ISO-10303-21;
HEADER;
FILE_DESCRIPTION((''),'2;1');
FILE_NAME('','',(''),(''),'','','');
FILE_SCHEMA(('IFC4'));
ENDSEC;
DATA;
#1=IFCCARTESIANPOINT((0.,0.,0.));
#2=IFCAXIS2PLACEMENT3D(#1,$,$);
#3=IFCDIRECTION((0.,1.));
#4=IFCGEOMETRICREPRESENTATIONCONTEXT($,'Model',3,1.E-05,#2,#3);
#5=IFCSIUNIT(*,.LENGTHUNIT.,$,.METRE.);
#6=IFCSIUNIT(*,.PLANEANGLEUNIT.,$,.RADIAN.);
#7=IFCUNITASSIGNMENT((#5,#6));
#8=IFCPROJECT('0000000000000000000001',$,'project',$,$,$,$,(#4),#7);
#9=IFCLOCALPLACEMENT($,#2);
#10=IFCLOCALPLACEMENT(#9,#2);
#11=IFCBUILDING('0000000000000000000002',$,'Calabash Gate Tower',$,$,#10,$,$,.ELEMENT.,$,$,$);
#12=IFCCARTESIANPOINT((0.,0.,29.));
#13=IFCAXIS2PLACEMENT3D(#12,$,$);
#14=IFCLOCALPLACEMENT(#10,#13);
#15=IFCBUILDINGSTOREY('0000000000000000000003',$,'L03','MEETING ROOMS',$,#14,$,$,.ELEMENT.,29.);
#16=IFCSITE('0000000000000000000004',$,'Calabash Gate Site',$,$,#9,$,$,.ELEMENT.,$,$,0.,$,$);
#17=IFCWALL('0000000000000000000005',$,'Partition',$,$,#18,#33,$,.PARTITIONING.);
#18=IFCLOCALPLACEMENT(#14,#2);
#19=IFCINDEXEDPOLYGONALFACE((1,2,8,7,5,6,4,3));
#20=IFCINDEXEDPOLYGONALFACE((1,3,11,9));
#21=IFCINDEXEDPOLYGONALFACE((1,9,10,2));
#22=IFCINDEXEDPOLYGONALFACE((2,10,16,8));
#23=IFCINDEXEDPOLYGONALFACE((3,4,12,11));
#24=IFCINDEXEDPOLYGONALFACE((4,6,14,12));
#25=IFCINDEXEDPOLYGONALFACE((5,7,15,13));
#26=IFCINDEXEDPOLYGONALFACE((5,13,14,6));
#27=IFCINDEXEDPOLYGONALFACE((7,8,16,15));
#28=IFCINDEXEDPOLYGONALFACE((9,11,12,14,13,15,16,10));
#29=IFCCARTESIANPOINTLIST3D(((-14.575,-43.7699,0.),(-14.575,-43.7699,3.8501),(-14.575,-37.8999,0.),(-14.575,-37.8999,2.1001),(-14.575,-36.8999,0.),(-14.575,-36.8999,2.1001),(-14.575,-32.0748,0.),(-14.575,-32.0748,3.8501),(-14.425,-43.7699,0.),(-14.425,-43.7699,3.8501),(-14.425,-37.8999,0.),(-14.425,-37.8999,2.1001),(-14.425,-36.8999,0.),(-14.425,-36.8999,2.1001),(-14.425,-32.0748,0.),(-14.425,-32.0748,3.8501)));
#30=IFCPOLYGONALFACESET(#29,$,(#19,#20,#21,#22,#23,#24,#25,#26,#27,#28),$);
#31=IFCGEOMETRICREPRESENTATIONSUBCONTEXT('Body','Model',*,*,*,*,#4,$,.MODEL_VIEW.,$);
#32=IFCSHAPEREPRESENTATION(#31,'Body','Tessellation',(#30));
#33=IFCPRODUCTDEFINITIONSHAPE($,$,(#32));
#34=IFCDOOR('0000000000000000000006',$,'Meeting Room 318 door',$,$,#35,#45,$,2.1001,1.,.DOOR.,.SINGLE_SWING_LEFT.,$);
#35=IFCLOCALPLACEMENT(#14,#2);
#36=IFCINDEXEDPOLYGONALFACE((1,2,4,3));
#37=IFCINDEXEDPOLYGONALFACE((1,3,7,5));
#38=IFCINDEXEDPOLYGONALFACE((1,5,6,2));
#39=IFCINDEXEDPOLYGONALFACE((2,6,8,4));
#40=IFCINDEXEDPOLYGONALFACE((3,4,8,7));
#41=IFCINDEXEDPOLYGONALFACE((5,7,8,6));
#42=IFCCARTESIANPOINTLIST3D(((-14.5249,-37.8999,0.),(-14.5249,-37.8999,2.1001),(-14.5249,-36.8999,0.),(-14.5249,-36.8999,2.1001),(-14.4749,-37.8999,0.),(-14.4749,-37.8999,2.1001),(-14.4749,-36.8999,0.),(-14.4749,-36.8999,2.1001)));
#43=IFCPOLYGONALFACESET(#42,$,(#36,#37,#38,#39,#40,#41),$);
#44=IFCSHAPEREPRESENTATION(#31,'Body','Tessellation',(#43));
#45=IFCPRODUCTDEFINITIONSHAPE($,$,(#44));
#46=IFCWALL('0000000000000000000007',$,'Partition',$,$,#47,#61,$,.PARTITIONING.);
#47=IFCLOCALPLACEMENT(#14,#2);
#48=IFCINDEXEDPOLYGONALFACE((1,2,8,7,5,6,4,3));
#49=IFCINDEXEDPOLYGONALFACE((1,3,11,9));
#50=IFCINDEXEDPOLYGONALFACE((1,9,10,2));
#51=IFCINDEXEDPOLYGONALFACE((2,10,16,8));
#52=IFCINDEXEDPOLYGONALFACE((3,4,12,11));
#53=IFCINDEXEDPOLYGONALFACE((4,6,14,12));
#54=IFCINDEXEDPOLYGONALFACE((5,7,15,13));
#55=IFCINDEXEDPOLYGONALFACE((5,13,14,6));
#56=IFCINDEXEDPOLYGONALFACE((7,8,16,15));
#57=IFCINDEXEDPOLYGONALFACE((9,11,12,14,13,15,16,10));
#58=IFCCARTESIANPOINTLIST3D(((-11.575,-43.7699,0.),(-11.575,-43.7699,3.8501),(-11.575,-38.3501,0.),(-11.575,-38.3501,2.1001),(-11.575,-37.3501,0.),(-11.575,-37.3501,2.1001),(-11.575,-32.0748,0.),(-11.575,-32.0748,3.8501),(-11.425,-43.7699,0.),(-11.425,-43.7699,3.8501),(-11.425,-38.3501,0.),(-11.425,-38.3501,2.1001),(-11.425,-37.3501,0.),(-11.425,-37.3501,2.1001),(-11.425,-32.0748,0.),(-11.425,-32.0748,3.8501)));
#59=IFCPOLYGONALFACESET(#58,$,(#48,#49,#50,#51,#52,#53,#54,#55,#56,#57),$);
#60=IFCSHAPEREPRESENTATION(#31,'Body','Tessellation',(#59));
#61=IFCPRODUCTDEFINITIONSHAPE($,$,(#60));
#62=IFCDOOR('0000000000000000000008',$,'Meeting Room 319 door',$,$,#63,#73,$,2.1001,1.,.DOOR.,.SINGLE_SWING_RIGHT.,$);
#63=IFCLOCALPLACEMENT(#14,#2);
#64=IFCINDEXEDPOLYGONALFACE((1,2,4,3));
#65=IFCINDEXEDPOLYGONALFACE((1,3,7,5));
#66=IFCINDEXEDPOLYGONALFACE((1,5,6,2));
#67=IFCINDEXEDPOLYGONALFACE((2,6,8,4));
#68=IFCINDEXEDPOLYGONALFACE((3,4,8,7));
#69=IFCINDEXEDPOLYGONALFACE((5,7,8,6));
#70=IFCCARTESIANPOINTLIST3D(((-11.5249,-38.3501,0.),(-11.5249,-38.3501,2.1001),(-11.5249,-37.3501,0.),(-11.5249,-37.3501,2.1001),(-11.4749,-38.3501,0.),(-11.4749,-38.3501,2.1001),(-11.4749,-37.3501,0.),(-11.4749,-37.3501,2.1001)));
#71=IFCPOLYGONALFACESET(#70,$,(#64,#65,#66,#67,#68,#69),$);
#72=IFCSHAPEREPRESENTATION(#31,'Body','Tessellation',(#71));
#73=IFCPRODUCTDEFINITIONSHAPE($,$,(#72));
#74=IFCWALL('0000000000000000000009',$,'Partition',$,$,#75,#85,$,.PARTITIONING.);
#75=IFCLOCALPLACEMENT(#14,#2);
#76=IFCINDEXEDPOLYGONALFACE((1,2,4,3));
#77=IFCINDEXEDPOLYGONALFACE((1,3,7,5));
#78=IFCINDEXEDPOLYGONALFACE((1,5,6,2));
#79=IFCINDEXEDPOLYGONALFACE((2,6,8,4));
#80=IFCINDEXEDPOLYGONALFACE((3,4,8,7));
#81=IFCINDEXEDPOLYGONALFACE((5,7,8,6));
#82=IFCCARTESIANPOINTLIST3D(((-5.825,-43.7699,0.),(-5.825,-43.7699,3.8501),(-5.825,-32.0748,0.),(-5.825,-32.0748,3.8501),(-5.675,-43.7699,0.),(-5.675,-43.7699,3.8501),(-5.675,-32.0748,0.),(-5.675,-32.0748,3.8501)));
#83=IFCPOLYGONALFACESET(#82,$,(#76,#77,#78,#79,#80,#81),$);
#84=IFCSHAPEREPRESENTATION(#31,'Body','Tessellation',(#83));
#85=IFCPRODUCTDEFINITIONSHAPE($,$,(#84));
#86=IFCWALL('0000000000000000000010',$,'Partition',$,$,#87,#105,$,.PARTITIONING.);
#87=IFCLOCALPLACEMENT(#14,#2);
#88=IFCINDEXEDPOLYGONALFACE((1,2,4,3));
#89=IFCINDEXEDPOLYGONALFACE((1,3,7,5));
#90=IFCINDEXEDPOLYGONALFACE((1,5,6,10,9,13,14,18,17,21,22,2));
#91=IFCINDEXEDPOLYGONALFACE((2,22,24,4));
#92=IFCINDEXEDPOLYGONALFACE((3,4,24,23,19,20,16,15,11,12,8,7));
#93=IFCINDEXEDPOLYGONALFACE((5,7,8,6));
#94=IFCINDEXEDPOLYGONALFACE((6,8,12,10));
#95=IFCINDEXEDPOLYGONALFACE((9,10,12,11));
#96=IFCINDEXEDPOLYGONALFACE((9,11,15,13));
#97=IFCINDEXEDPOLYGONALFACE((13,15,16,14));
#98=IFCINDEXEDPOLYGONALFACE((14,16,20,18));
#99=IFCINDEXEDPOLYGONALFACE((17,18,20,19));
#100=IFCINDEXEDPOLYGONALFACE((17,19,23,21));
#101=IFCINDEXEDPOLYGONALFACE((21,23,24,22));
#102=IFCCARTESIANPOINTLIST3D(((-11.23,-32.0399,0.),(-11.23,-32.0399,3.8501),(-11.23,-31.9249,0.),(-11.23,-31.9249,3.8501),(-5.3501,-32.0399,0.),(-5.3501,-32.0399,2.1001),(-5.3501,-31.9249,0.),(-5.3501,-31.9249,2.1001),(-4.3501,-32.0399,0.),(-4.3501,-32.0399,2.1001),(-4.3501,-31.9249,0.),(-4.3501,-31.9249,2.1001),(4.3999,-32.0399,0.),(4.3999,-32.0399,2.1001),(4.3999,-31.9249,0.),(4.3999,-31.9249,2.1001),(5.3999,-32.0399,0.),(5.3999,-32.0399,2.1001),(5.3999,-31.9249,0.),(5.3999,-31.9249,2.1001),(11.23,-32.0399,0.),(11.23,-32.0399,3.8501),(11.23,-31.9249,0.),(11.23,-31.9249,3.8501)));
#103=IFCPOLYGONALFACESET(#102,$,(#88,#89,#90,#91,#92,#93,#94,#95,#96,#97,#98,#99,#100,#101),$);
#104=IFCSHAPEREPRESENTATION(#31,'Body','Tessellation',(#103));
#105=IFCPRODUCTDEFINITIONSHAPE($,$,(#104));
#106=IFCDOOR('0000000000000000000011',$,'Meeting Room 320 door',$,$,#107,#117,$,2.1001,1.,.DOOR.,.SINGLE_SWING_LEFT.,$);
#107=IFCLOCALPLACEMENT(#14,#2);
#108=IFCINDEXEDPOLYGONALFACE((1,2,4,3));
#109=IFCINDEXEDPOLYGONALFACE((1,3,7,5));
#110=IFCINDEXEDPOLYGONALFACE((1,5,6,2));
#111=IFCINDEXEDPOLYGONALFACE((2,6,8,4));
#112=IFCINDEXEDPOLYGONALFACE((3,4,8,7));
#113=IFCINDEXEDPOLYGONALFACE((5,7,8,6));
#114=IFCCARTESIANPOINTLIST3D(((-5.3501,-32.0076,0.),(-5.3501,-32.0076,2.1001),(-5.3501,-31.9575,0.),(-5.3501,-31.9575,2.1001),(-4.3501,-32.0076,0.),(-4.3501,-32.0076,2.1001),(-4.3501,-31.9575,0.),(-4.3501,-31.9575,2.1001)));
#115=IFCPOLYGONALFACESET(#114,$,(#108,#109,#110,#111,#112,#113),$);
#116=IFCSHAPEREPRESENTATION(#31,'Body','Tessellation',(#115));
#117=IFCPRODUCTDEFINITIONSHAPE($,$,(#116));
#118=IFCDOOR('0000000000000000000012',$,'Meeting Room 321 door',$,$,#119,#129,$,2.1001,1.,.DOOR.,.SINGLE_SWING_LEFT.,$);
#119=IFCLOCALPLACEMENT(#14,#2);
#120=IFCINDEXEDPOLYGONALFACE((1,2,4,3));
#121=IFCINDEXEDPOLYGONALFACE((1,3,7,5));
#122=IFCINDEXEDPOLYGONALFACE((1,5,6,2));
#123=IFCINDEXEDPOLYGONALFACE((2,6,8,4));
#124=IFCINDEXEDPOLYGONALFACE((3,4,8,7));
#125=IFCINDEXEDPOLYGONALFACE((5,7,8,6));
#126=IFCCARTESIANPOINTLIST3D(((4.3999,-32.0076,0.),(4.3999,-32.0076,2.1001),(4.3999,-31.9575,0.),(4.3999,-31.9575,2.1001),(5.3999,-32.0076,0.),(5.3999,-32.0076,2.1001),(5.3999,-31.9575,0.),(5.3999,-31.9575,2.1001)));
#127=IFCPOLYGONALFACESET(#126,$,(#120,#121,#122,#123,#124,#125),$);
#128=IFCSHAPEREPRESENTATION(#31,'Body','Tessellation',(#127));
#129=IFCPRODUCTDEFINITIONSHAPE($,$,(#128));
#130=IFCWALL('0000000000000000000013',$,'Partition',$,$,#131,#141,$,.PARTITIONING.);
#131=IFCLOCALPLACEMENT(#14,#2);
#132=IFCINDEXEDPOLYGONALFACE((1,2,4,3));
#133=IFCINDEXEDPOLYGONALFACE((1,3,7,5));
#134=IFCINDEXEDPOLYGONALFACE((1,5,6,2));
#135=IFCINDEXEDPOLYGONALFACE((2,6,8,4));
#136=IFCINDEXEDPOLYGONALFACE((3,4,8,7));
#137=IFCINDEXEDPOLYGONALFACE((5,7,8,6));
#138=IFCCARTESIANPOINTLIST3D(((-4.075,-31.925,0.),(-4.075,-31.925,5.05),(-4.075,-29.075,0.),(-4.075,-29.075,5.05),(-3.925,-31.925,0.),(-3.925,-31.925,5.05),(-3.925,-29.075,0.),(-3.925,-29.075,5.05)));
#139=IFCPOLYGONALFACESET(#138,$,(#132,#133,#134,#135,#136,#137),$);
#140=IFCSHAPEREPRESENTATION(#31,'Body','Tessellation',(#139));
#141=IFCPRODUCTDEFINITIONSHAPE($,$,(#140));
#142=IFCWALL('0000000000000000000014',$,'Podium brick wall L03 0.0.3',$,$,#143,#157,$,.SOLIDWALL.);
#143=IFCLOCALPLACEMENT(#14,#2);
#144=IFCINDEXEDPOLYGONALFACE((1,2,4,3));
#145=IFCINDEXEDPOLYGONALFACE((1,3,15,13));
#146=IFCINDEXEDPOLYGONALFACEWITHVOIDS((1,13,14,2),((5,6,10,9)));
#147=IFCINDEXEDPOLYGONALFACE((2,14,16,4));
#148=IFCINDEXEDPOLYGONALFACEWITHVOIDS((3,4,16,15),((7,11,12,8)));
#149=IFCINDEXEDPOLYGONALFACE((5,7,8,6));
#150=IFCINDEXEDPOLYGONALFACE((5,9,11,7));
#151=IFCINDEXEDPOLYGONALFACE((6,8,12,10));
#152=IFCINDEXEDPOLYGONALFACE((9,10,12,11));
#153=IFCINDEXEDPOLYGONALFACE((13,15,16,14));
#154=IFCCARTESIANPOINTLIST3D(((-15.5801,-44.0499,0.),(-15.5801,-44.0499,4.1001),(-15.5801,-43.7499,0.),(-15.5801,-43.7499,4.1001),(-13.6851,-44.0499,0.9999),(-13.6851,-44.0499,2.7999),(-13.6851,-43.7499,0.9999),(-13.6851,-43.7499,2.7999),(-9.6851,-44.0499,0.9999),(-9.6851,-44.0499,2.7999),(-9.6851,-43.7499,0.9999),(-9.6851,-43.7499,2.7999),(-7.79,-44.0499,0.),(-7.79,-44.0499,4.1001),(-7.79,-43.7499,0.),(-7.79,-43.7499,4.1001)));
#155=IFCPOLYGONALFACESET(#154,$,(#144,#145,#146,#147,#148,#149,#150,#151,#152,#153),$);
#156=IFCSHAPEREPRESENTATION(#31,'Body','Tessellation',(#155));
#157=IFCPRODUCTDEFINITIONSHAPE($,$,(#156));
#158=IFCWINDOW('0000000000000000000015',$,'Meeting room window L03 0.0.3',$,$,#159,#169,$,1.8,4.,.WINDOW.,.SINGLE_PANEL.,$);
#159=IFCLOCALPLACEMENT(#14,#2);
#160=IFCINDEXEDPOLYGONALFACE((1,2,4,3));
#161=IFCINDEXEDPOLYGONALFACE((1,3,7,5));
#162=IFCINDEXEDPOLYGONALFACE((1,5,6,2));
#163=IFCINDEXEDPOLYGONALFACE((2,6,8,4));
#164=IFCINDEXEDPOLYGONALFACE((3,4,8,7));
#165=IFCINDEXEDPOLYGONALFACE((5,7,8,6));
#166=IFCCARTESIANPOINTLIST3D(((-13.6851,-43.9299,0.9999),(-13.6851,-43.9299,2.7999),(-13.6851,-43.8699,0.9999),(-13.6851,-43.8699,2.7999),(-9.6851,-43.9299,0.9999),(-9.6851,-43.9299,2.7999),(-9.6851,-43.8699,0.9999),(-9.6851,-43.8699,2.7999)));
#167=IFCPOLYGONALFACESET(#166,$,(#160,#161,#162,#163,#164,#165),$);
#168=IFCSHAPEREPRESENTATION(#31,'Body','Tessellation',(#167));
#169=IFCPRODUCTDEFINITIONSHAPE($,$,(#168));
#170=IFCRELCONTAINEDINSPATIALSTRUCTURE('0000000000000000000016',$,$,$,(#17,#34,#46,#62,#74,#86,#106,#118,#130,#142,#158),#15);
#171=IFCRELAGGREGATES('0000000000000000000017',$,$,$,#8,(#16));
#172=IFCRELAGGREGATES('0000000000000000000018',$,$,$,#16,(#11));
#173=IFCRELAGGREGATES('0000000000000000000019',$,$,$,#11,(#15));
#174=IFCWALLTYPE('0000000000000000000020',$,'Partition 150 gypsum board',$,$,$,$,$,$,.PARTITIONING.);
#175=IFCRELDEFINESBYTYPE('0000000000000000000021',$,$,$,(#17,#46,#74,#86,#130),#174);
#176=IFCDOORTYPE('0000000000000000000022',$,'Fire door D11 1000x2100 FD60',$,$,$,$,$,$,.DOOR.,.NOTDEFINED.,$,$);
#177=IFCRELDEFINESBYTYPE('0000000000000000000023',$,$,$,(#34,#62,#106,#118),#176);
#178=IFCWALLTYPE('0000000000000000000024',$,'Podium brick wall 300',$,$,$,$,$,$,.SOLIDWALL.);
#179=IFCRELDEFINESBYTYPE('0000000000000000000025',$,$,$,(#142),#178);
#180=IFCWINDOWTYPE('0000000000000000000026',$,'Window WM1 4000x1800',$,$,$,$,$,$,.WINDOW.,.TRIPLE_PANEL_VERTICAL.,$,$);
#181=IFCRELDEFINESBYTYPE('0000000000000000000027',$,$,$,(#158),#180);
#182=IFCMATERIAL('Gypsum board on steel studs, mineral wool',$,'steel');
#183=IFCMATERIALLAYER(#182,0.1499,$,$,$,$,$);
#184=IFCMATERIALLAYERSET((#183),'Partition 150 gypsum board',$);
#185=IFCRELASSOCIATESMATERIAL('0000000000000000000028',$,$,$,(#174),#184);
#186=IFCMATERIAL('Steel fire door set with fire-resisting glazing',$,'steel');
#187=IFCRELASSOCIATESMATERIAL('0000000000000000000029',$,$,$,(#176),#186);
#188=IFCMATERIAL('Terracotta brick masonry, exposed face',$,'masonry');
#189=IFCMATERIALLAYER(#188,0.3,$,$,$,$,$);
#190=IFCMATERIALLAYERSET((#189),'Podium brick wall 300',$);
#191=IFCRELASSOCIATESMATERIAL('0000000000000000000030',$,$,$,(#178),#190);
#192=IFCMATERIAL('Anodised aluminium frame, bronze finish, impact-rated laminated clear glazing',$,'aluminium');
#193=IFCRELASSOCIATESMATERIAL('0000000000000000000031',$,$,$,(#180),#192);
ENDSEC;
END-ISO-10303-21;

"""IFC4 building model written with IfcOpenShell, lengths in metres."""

from ifc_helpers import new_model, si_unit, direction, frame, frame_2d, origin, place, context, subcontext, project, spatial, rectangle, extrude, material, layer, layer_set, type_object, element, fill, save


model = new_model("IFC4")

# Units and contexts
model_context = context("Model", 3, precision=1e-05, world=origin(), true_north=direction((0.0, 1.0)))
body_context = subcontext(model_context, "Body", "Model", "MODEL_VIEW")
ifc_project = project(units=[si_unit("LENGTHUNIT", "METRE"), si_unit("PLANEANGLEUNIT", "RADIAN")], contexts=[model_context])

# Site, building, storey
site_placement = place(None, origin())
site = spatial("IfcSite", under=ifc_project, at=site_placement, Name="Calabash Gate Site", CompositionType="ELEMENT", RefElevation=0.0)
building_placement = place(site_placement, origin())
building = spatial("IfcBuilding", under=site, at=building_placement, Name="Calabash Gate Tower", CompositionType="ELEMENT")
storey_placement = place(building_placement, frame((0.0, 0.0, 29.0)))
storey = spatial("IfcBuildingStorey", under=building, at=storey_placement, Name="L03", Description="MEETING ROOMS", CompositionType="ELEMENT", Elevation=29.0)

# Walls, openings, doors
ifc_material_1 = material(Name="Gypsum board on steel studs, mineral wool", Category="steel")
ifc_layer_1 = layer(ifc_material_1, 0.1499)
ifc_layer_set_1 = layer_set([ifc_layer_1], Name="Partition 150 gypsum board")
wall_type_1 = type_object("IfcWallType", Name="Partition 150 gypsum board", PredefinedType="PARTITIONING", material=ifc_layer_set_1)
wall_1_placement = place(storey_placement, frame((-14.5, -43.77, 0.0), z_axis=(0.0, 0.0, 1.0), x_axis=(0.0, 1.0, 0.0)))
wall_1 = element("IfcWall", 1, at=wall_1_placement, inside=storey, type_object=wall_type_1, Name="Partition", PredefinedType="PARTITIONING", context=body_context, shape_type="SweptSolid", body=[
    extrude(rectangle(XDim=11.6951, YDim=0.1499, at=frame_2d((5.8477, 0.0))), origin(), (0.0, 0.0, 1.0), 3.8501),
])
opening_1_placement = place(wall_1_placement, frame((5.8701, 0.0, 0.0)))
opening_1 = element("IfcOpeningElement", 2, at=opening_1_placement, cuts=wall_1, PredefinedType="OPENING", context=body_context, shape_type="SweptSolid", body=[
    extrude(rectangle(XDim=1.0, YDim=2.1001, at=frame_2d((0.5, 1.05))), frame((0.0, 0.085, 0.0), z_axis=(0.0, -1.0, 0.0), x_axis=(1.0, 0.0, 0.0)), (0.0, 0.0, 1.0), 0.1699),
])
ifc_material_2 = material(Name="Steel fire door set with fire-resisting glazing", Category="steel")
door_type = type_object("IfcDoorType", Name="Fire door D11 1000x2100 FD60", OperationType="NOTDEFINED", PredefinedType="DOOR", material=ifc_material_2)
door_1_placement = place(opening_1_placement, origin())
door_1 = element("IfcDoor", 3, at=door_1_placement, inside=storey, type_object=door_type, Name="Meeting Room 318 door", OperationType="SINGLE_SWING_LEFT", OverallHeight=2.1001, OverallWidth=1.0, PredefinedType="DOOR", context=body_context, shape_type="SweptSolid", body=[
    extrude(rectangle(XDim=1.0, YDim=2.1001, at=frame_2d((0.5, 1.05))), frame((0.0, 0.0249, 0.0), z_axis=(0.0, -1.0, 0.0), x_axis=(1.0, 0.0, 0.0)), (0.0, 0.0, 1.0), 0.05),
])
fill(opening_1, door_1)
wall_2_placement = place(storey_placement, frame((-11.5, -43.77, 0.0), z_axis=(0.0, 0.0, 1.0), x_axis=(0.0, 1.0, 0.0)))
wall_2 = element("IfcWall", 4, at=wall_2_placement, inside=storey, type_object=wall_type_1, Name="Partition", PredefinedType="PARTITIONING", context=body_context, shape_type="SweptSolid", body=[
    extrude(rectangle(XDim=11.6951, YDim=0.1499, at=frame_2d((5.8477, 0.0))), origin(), (0.0, 0.0, 1.0), 3.8501),
])
opening_2_placement = place(wall_2_placement, frame((5.4199, 0.0, 0.0)))
opening_2 = element("IfcOpeningElement", 5, at=opening_2_placement, cuts=wall_2, PredefinedType="OPENING", context=body_context, shape_type="SweptSolid", body=[
    extrude(rectangle(XDim=1.0, YDim=2.1001, at=frame_2d((0.5, 1.05))), frame((0.0, 0.085, 0.0), z_axis=(0.0, -1.0, 0.0), x_axis=(1.0, 0.0, 0.0)), (0.0, 0.0, 1.0), 0.1699),
])
door_2_placement = place(opening_2_placement, origin())
door_2 = element("IfcDoor", 6, at=door_2_placement, inside=storey, type_object=door_type, Name="Meeting Room 319 door", OperationType="SINGLE_SWING_RIGHT", OverallHeight=2.1001, OverallWidth=1.0, PredefinedType="DOOR", context=body_context, shape_type="SweptSolid", body=[
    extrude(rectangle(XDim=1.0, YDim=2.1001, at=frame_2d((0.5, 1.05))), frame((0.0, 0.0249, 0.0), z_axis=(0.0, -1.0, 0.0), x_axis=(1.0, 0.0, 0.0)), (0.0, 0.0, 1.0), 0.05),
])
fill(opening_2, door_2)

# Wall
wall_3_placement = place(storey_placement, frame((-5.75, -43.77, 0.0), z_axis=(0.0, 0.0, 1.0), x_axis=(0.0, 1.0, 0.0)))
element("IfcWall", 7, at=wall_3_placement, inside=storey, type_object=wall_type_1, Name="Partition", PredefinedType="PARTITIONING", context=body_context, shape_type="SweptSolid", body=[
    extrude(rectangle(XDim=11.6951, YDim=0.1499, at=frame_2d((5.8477, 0.0))), origin(), (0.0, 0.0, 1.0), 3.8501),
])

# Wall, openings, doors
wall_4_placement = place(storey_placement, frame((-11.23, -31.9824, 0.0), z_axis=(0.0, 0.0, 1.0), x_axis=(1.0, 0.0, 0.0)))
wall_4 = element("IfcWall", 8, at=wall_4_placement, inside=storey, type_object=wall_type_1, Name="Partition", PredefinedType="PARTITIONING", context=body_context, shape_type="SweptSolid", body=[
    extrude(rectangle(XDim=22.46, YDim=0.115, at=frame_2d((11.23, 0.0))), origin(), (0.0, 0.0, 1.0), 3.8501),
])
opening_3_placement = place(wall_4_placement, frame((5.8799, 0.0, 0.0)))
opening_3 = element("IfcOpeningElement", 9, at=opening_3_placement, cuts=wall_4, PredefinedType="OPENING", context=body_context, shape_type="SweptSolid", body=[
    extrude(rectangle(XDim=1.0, YDim=2.1001, at=frame_2d((0.5, 1.05))), frame((0.0, 0.0674, 0.0), z_axis=(0.0, -1.0, 0.0), x_axis=(1.0, 0.0, 0.0)), (0.0, 0.0, 1.0), 0.135),
])
opening_4_placement = place(wall_4_placement, frame((15.6299, 0.0, 0.0)))
opening_4 = element("IfcOpeningElement", 10, at=opening_4_placement, cuts=wall_4, PredefinedType="OPENING", context=body_context, shape_type="SweptSolid", body=[
    extrude(rectangle(XDim=1.0, YDim=2.1001, at=frame_2d((0.5, 1.05))), frame((0.0, 0.0674, 0.0), z_axis=(0.0, -1.0, 0.0), x_axis=(1.0, 0.0, 0.0)), (0.0, 0.0, 1.0), 0.135),
])
door_3_placement = place(opening_3_placement, origin())
door_3 = element("IfcDoor", 11, at=door_3_placement, inside=storey, type_object=door_type, Name="Meeting Room 320 door", OperationType="SINGLE_SWING_LEFT", OverallHeight=2.1001, OverallWidth=1.0, PredefinedType="DOOR", context=body_context, shape_type="SweptSolid", body=[
    extrude(rectangle(XDim=1.0, YDim=2.1001, at=frame_2d((0.5, 1.05))), frame((0.0, 0.0249, 0.0), z_axis=(0.0, -1.0, 0.0), x_axis=(1.0, 0.0, 0.0)), (0.0, 0.0, 1.0), 0.05),
])
fill(opening_3, door_3)
door_4_placement = place(opening_4_placement, origin())
door_4 = element("IfcDoor", 12, at=door_4_placement, inside=storey, type_object=door_type, Name="Meeting Room 321 door", OperationType="SINGLE_SWING_LEFT", OverallHeight=2.1001, OverallWidth=1.0, PredefinedType="DOOR", context=body_context, shape_type="SweptSolid", body=[
    extrude(rectangle(XDim=1.0, YDim=2.1001, at=frame_2d((0.5, 1.05))), frame((0.0, 0.0249, 0.0), z_axis=(0.0, -1.0, 0.0), x_axis=(1.0, 0.0, 0.0)), (0.0, 0.0, 1.0), 0.05),
])
fill(opening_4, door_4)

# Wall
wall_5_placement = place(storey_placement, frame((-4.0, -31.925, 0.0), z_axis=(0.0, 0.0, 1.0), x_axis=(0.0, 1.0, 0.0)))
element("IfcWall", 13, at=wall_5_placement, inside=storey, type_object=wall_type_1, Name="Partition", PredefinedType="PARTITIONING", context=body_context, shape_type="SweptSolid", body=[
    extrude(rectangle(XDim=2.8501, YDim=0.1499, at=frame_2d((1.425, 0.0))), origin(), (0.0, 0.0, 1.0), 5.05),
])

# Wall, opening, window
ifc_material_3 = material(Name="Terracotta brick masonry, exposed face", Category="masonry")
ifc_layer_2 = layer(ifc_material_3, 0.3)
ifc_layer_set_2 = layer_set([ifc_layer_2], Name="Podium brick wall 300")
wall_type_2 = type_object("IfcWallType", Name="Podium brick wall 300", PredefinedType="SOLIDWALL", material=ifc_layer_set_2)
wall_6_placement = place(storey_placement, frame((-15.5801, -43.8999, 0.0), z_axis=(0.0, 0.0, 1.0), x_axis=(1.0, 0.0, 0.0)))
wall_6 = element("IfcWall", 14, at=wall_6_placement, inside=storey, type_object=wall_type_2, Name="Podium brick wall L03 0.0.3", PredefinedType="SOLIDWALL", context=body_context, shape_type="SweptSolid", body=[
    extrude(rectangle(XDim=7.79, YDim=0.3, at=frame_2d((3.895, 0.0))), origin(), (0.0, 0.0, 1.0), 4.1001),
])
opening_5_placement = place(wall_6_placement, frame((1.895, 0.0, 1.0)))
opening_5 = element("IfcOpeningElement", 15, at=opening_5_placement, cuts=wall_6, PredefinedType="OPENING", context=body_context, shape_type="SweptSolid", body=[
    extrude(rectangle(XDim=4.0, YDim=1.8, at=frame_2d((2.0, 0.8999))), frame((0.0, 0.1599, 0.0), z_axis=(0.0, -1.0, 0.0), x_axis=(1.0, 0.0, 0.0)), (0.0, 0.0, 1.0), 0.3201),
])
ifc_material_4 = material(Name="Anodised aluminium frame, bronze finish, impact-rated laminated clear glazing", Category="aluminium")
window_type = type_object("IfcWindowType", Name="Window WM1 4000x1800", PartitioningType="TRIPLE_PANEL_VERTICAL", PredefinedType="WINDOW", material=ifc_material_4)
window_1_placement = place(opening_5_placement, origin())
window_1 = element("IfcWindow", 16, at=window_1_placement, inside=storey, type_object=window_type, Name="Meeting room window L03 0.0.3", OverallHeight=1.8, OverallWidth=4.0, PartitioningType="SINGLE_PANEL", PredefinedType="WINDOW", context=body_context, shape_type="SweptSolid", body=[
    extrude(rectangle(XDim=4.0, YDim=1.8, at=frame_2d((2.0, 0.8999))), frame((0.0, 0.03, 0.0), z_axis=(0.0, -1.0, 0.0), x_axis=(1.0, 0.0, 0.0)), (0.0, 0.0, 1.0), 0.0601),
])
fill(opening_5, window_1)

save(model, "model.ifc")
